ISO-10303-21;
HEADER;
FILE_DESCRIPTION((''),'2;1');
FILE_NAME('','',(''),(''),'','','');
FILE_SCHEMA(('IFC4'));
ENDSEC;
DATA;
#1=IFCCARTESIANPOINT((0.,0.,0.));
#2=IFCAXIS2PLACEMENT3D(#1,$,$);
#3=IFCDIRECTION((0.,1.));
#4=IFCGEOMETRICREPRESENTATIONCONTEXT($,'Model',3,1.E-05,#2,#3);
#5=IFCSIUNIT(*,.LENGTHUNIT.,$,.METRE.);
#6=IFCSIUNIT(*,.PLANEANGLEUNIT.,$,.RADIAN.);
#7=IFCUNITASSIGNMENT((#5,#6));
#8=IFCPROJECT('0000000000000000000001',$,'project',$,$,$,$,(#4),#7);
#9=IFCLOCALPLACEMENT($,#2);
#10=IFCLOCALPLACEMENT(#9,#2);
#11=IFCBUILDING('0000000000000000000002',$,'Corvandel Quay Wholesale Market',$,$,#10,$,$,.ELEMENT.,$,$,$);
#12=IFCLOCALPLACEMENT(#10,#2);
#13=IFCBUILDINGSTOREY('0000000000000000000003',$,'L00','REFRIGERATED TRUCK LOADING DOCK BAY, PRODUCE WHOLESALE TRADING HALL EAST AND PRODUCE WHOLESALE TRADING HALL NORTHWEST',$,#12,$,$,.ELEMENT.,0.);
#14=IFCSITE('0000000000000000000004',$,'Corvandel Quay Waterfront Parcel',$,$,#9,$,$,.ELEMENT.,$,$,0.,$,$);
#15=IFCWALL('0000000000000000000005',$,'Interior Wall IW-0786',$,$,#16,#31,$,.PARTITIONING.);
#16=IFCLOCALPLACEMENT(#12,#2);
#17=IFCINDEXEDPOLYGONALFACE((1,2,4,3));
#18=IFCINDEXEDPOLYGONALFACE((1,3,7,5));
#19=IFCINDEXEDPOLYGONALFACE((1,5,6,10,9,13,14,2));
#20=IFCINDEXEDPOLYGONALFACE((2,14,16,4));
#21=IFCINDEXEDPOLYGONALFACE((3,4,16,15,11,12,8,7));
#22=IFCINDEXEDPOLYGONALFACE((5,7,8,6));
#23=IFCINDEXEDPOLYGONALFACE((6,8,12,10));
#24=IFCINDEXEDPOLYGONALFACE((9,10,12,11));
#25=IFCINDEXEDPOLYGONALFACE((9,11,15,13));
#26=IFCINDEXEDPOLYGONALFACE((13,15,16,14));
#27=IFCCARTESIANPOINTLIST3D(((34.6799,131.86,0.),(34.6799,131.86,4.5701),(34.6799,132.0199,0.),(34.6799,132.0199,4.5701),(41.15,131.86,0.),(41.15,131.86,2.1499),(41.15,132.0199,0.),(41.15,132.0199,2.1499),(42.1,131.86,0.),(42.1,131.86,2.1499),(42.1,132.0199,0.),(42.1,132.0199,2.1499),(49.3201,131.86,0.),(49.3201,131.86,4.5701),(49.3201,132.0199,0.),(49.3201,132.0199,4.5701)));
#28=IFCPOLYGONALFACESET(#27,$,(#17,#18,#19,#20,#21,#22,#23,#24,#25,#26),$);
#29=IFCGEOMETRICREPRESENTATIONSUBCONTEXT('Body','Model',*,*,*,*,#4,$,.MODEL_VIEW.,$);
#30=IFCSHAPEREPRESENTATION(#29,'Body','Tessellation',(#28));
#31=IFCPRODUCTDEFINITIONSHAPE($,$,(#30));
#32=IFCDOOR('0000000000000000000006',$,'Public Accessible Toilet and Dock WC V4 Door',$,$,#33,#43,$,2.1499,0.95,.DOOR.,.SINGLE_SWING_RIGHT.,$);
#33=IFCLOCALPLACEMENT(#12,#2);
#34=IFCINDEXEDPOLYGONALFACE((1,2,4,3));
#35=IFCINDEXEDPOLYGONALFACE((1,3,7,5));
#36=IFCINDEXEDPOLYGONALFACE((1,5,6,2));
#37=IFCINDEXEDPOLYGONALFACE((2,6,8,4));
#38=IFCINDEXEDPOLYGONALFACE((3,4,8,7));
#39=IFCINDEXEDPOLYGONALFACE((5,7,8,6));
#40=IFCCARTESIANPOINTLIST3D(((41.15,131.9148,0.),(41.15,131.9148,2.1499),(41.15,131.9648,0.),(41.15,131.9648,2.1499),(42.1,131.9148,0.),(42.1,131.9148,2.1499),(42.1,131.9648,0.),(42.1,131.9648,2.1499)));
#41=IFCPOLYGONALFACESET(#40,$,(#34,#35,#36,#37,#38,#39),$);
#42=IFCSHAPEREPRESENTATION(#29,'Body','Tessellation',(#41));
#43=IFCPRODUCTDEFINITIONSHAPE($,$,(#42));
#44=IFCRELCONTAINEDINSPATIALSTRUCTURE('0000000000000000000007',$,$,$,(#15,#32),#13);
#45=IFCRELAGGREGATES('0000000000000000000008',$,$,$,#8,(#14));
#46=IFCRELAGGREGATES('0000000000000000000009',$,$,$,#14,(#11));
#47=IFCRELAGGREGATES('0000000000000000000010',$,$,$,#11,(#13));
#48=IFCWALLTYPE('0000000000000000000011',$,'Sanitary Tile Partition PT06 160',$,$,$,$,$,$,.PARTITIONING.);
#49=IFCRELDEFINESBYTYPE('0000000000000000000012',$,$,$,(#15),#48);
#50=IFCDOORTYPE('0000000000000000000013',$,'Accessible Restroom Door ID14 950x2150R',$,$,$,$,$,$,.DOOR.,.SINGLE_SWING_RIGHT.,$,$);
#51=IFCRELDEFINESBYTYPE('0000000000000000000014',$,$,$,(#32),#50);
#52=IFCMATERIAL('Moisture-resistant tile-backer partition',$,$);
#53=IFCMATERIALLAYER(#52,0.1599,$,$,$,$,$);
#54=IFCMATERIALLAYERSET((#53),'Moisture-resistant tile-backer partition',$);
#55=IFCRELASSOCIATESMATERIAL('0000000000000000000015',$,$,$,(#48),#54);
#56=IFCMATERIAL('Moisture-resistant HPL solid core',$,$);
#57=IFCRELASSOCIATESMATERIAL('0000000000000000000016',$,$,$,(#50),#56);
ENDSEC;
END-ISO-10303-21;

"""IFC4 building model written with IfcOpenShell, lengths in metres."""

from ifc_helpers import new_model, si_unit, direction, frame, frame_2d, origin, place, context, subcontext, project, spatial, rectangle, extrude, material, layer, layer_set, type_object, element, fill, save


model = new_model("IFC4")

# Units and contexts
model_context = context("Model", 3, precision=1e-05, world=origin(), true_north=direction((0.0, 1.0)))
body_context = subcontext(model_context, "Body", "Model", "MODEL_VIEW")
ifc_project = project(units=[si_unit("LENGTHUNIT", "METRE"), si_unit("PLANEANGLEUNIT", "RADIAN")], contexts=[model_context])

# Site, building, storey
site_placement = place(None, origin())
site = spatial("IfcSite", under=ifc_project, at=site_placement, Name="Corvandel Quay Waterfront Parcel", CompositionType="ELEMENT", RefElevation=0.0)
building_placement = place(site_placement, origin())
building = spatial("IfcBuilding", under=site, at=building_placement, Name="Corvandel Quay Wholesale Market", CompositionType="ELEMENT")
storey_placement = place(building_placement, origin())
storey = spatial("IfcBuildingStorey", under=building, at=storey_placement, Name="L00", Description="REFRIGERATED TRUCK LOADING DOCK BAY, PRODUCE WHOLESALE TRADING HALL EAST AND PRODUCE WHOLESALE TRADING HALL NORTHWEST", CompositionType="ELEMENT", Elevation=0.0)

# Shared definitions
ifc_material_1 = material(Name="Moisture-resistant tile-backer partition")
ifc_layer_1 = layer(ifc_material_1, 0.1599)
ifc_layer_set_1 = layer_set([ifc_layer_1], Name="Moisture-resistant tile-backer partition")
wall_type_1 = type_object("IfcWallType", Name="Sanitary Tile Partition PT06 160", PredefinedType="PARTITIONING", material=ifc_layer_set_1)

# Wall, opening, door
wall_1_placement = place(storey_placement, frame((34.6799, 131.9399, 0.0), z_axis=(0.0, 0.0, 1.0), x_axis=(1.0, 0.0, 0.0)))
wall_1 = element("IfcWall", 1, at=wall_1_placement, inside=storey, type_object=wall_type_1, Name="Interior Wall IW-0786", PredefinedType="PARTITIONING", context=body_context, shape_type="SweptSolid", body=[
    extrude(rectangle(XDim=14.6401, YDim=0.1599, at=frame_2d((7.3201, 0.0))), origin(), (0.0, 0.0, 1.0), 4.5701),
])
opening_1_placement = place(wall_1_placement, frame((6.47, 0.0, 0.0)))
opening_1 = element("IfcOpeningElement", 2, at=opening_1_placement, cuts=wall_1, PredefinedType="OPENING", context=body_context, shape_type="SweptSolid", body=[
    extrude(rectangle(XDim=0.95, YDim=2.1499, at=frame_2d((0.4751, 1.075))), frame((0.0, 0.0898, 0.0), z_axis=(0.0, -1.0, 0.0), x_axis=(1.0, 0.0, 0.0)), (0.0, 0.0, 1.0), 0.1799),
])
ifc_material_2 = material(Name="Moisture-resistant HPL solid core")
door_type_1 = type_object("IfcDoorType", Name="Accessible Restroom Door ID14 950x2150R", OperationType="SINGLE_SWING_RIGHT", PredefinedType="DOOR", material=ifc_material_2)
door_1_placement = place(opening_1_placement, origin())
door_1 = element("IfcDoor", 3, at=door_1_placement, inside=storey, type_object=door_type_1, Name="Public Accessible Toilet and Dock WC V4 Door", OperationType="SINGLE_SWING_RIGHT", OverallHeight=2.1499, OverallWidth=0.95, PredefinedType="DOOR", context=body_context, shape_type="SweptSolid", body=[
    extrude(rectangle(XDim=0.95, YDim=2.1499, at=frame_2d((0.4751, 1.075))), frame((0.0, 0.0249, 0.0), z_axis=(0.0, -1.0, 0.0), x_axis=(1.0, 0.0, 0.0)), (0.0, 0.0, 1.0), 0.05),
])
fill(opening_1, door_1)

save(model, "model.ifc")
